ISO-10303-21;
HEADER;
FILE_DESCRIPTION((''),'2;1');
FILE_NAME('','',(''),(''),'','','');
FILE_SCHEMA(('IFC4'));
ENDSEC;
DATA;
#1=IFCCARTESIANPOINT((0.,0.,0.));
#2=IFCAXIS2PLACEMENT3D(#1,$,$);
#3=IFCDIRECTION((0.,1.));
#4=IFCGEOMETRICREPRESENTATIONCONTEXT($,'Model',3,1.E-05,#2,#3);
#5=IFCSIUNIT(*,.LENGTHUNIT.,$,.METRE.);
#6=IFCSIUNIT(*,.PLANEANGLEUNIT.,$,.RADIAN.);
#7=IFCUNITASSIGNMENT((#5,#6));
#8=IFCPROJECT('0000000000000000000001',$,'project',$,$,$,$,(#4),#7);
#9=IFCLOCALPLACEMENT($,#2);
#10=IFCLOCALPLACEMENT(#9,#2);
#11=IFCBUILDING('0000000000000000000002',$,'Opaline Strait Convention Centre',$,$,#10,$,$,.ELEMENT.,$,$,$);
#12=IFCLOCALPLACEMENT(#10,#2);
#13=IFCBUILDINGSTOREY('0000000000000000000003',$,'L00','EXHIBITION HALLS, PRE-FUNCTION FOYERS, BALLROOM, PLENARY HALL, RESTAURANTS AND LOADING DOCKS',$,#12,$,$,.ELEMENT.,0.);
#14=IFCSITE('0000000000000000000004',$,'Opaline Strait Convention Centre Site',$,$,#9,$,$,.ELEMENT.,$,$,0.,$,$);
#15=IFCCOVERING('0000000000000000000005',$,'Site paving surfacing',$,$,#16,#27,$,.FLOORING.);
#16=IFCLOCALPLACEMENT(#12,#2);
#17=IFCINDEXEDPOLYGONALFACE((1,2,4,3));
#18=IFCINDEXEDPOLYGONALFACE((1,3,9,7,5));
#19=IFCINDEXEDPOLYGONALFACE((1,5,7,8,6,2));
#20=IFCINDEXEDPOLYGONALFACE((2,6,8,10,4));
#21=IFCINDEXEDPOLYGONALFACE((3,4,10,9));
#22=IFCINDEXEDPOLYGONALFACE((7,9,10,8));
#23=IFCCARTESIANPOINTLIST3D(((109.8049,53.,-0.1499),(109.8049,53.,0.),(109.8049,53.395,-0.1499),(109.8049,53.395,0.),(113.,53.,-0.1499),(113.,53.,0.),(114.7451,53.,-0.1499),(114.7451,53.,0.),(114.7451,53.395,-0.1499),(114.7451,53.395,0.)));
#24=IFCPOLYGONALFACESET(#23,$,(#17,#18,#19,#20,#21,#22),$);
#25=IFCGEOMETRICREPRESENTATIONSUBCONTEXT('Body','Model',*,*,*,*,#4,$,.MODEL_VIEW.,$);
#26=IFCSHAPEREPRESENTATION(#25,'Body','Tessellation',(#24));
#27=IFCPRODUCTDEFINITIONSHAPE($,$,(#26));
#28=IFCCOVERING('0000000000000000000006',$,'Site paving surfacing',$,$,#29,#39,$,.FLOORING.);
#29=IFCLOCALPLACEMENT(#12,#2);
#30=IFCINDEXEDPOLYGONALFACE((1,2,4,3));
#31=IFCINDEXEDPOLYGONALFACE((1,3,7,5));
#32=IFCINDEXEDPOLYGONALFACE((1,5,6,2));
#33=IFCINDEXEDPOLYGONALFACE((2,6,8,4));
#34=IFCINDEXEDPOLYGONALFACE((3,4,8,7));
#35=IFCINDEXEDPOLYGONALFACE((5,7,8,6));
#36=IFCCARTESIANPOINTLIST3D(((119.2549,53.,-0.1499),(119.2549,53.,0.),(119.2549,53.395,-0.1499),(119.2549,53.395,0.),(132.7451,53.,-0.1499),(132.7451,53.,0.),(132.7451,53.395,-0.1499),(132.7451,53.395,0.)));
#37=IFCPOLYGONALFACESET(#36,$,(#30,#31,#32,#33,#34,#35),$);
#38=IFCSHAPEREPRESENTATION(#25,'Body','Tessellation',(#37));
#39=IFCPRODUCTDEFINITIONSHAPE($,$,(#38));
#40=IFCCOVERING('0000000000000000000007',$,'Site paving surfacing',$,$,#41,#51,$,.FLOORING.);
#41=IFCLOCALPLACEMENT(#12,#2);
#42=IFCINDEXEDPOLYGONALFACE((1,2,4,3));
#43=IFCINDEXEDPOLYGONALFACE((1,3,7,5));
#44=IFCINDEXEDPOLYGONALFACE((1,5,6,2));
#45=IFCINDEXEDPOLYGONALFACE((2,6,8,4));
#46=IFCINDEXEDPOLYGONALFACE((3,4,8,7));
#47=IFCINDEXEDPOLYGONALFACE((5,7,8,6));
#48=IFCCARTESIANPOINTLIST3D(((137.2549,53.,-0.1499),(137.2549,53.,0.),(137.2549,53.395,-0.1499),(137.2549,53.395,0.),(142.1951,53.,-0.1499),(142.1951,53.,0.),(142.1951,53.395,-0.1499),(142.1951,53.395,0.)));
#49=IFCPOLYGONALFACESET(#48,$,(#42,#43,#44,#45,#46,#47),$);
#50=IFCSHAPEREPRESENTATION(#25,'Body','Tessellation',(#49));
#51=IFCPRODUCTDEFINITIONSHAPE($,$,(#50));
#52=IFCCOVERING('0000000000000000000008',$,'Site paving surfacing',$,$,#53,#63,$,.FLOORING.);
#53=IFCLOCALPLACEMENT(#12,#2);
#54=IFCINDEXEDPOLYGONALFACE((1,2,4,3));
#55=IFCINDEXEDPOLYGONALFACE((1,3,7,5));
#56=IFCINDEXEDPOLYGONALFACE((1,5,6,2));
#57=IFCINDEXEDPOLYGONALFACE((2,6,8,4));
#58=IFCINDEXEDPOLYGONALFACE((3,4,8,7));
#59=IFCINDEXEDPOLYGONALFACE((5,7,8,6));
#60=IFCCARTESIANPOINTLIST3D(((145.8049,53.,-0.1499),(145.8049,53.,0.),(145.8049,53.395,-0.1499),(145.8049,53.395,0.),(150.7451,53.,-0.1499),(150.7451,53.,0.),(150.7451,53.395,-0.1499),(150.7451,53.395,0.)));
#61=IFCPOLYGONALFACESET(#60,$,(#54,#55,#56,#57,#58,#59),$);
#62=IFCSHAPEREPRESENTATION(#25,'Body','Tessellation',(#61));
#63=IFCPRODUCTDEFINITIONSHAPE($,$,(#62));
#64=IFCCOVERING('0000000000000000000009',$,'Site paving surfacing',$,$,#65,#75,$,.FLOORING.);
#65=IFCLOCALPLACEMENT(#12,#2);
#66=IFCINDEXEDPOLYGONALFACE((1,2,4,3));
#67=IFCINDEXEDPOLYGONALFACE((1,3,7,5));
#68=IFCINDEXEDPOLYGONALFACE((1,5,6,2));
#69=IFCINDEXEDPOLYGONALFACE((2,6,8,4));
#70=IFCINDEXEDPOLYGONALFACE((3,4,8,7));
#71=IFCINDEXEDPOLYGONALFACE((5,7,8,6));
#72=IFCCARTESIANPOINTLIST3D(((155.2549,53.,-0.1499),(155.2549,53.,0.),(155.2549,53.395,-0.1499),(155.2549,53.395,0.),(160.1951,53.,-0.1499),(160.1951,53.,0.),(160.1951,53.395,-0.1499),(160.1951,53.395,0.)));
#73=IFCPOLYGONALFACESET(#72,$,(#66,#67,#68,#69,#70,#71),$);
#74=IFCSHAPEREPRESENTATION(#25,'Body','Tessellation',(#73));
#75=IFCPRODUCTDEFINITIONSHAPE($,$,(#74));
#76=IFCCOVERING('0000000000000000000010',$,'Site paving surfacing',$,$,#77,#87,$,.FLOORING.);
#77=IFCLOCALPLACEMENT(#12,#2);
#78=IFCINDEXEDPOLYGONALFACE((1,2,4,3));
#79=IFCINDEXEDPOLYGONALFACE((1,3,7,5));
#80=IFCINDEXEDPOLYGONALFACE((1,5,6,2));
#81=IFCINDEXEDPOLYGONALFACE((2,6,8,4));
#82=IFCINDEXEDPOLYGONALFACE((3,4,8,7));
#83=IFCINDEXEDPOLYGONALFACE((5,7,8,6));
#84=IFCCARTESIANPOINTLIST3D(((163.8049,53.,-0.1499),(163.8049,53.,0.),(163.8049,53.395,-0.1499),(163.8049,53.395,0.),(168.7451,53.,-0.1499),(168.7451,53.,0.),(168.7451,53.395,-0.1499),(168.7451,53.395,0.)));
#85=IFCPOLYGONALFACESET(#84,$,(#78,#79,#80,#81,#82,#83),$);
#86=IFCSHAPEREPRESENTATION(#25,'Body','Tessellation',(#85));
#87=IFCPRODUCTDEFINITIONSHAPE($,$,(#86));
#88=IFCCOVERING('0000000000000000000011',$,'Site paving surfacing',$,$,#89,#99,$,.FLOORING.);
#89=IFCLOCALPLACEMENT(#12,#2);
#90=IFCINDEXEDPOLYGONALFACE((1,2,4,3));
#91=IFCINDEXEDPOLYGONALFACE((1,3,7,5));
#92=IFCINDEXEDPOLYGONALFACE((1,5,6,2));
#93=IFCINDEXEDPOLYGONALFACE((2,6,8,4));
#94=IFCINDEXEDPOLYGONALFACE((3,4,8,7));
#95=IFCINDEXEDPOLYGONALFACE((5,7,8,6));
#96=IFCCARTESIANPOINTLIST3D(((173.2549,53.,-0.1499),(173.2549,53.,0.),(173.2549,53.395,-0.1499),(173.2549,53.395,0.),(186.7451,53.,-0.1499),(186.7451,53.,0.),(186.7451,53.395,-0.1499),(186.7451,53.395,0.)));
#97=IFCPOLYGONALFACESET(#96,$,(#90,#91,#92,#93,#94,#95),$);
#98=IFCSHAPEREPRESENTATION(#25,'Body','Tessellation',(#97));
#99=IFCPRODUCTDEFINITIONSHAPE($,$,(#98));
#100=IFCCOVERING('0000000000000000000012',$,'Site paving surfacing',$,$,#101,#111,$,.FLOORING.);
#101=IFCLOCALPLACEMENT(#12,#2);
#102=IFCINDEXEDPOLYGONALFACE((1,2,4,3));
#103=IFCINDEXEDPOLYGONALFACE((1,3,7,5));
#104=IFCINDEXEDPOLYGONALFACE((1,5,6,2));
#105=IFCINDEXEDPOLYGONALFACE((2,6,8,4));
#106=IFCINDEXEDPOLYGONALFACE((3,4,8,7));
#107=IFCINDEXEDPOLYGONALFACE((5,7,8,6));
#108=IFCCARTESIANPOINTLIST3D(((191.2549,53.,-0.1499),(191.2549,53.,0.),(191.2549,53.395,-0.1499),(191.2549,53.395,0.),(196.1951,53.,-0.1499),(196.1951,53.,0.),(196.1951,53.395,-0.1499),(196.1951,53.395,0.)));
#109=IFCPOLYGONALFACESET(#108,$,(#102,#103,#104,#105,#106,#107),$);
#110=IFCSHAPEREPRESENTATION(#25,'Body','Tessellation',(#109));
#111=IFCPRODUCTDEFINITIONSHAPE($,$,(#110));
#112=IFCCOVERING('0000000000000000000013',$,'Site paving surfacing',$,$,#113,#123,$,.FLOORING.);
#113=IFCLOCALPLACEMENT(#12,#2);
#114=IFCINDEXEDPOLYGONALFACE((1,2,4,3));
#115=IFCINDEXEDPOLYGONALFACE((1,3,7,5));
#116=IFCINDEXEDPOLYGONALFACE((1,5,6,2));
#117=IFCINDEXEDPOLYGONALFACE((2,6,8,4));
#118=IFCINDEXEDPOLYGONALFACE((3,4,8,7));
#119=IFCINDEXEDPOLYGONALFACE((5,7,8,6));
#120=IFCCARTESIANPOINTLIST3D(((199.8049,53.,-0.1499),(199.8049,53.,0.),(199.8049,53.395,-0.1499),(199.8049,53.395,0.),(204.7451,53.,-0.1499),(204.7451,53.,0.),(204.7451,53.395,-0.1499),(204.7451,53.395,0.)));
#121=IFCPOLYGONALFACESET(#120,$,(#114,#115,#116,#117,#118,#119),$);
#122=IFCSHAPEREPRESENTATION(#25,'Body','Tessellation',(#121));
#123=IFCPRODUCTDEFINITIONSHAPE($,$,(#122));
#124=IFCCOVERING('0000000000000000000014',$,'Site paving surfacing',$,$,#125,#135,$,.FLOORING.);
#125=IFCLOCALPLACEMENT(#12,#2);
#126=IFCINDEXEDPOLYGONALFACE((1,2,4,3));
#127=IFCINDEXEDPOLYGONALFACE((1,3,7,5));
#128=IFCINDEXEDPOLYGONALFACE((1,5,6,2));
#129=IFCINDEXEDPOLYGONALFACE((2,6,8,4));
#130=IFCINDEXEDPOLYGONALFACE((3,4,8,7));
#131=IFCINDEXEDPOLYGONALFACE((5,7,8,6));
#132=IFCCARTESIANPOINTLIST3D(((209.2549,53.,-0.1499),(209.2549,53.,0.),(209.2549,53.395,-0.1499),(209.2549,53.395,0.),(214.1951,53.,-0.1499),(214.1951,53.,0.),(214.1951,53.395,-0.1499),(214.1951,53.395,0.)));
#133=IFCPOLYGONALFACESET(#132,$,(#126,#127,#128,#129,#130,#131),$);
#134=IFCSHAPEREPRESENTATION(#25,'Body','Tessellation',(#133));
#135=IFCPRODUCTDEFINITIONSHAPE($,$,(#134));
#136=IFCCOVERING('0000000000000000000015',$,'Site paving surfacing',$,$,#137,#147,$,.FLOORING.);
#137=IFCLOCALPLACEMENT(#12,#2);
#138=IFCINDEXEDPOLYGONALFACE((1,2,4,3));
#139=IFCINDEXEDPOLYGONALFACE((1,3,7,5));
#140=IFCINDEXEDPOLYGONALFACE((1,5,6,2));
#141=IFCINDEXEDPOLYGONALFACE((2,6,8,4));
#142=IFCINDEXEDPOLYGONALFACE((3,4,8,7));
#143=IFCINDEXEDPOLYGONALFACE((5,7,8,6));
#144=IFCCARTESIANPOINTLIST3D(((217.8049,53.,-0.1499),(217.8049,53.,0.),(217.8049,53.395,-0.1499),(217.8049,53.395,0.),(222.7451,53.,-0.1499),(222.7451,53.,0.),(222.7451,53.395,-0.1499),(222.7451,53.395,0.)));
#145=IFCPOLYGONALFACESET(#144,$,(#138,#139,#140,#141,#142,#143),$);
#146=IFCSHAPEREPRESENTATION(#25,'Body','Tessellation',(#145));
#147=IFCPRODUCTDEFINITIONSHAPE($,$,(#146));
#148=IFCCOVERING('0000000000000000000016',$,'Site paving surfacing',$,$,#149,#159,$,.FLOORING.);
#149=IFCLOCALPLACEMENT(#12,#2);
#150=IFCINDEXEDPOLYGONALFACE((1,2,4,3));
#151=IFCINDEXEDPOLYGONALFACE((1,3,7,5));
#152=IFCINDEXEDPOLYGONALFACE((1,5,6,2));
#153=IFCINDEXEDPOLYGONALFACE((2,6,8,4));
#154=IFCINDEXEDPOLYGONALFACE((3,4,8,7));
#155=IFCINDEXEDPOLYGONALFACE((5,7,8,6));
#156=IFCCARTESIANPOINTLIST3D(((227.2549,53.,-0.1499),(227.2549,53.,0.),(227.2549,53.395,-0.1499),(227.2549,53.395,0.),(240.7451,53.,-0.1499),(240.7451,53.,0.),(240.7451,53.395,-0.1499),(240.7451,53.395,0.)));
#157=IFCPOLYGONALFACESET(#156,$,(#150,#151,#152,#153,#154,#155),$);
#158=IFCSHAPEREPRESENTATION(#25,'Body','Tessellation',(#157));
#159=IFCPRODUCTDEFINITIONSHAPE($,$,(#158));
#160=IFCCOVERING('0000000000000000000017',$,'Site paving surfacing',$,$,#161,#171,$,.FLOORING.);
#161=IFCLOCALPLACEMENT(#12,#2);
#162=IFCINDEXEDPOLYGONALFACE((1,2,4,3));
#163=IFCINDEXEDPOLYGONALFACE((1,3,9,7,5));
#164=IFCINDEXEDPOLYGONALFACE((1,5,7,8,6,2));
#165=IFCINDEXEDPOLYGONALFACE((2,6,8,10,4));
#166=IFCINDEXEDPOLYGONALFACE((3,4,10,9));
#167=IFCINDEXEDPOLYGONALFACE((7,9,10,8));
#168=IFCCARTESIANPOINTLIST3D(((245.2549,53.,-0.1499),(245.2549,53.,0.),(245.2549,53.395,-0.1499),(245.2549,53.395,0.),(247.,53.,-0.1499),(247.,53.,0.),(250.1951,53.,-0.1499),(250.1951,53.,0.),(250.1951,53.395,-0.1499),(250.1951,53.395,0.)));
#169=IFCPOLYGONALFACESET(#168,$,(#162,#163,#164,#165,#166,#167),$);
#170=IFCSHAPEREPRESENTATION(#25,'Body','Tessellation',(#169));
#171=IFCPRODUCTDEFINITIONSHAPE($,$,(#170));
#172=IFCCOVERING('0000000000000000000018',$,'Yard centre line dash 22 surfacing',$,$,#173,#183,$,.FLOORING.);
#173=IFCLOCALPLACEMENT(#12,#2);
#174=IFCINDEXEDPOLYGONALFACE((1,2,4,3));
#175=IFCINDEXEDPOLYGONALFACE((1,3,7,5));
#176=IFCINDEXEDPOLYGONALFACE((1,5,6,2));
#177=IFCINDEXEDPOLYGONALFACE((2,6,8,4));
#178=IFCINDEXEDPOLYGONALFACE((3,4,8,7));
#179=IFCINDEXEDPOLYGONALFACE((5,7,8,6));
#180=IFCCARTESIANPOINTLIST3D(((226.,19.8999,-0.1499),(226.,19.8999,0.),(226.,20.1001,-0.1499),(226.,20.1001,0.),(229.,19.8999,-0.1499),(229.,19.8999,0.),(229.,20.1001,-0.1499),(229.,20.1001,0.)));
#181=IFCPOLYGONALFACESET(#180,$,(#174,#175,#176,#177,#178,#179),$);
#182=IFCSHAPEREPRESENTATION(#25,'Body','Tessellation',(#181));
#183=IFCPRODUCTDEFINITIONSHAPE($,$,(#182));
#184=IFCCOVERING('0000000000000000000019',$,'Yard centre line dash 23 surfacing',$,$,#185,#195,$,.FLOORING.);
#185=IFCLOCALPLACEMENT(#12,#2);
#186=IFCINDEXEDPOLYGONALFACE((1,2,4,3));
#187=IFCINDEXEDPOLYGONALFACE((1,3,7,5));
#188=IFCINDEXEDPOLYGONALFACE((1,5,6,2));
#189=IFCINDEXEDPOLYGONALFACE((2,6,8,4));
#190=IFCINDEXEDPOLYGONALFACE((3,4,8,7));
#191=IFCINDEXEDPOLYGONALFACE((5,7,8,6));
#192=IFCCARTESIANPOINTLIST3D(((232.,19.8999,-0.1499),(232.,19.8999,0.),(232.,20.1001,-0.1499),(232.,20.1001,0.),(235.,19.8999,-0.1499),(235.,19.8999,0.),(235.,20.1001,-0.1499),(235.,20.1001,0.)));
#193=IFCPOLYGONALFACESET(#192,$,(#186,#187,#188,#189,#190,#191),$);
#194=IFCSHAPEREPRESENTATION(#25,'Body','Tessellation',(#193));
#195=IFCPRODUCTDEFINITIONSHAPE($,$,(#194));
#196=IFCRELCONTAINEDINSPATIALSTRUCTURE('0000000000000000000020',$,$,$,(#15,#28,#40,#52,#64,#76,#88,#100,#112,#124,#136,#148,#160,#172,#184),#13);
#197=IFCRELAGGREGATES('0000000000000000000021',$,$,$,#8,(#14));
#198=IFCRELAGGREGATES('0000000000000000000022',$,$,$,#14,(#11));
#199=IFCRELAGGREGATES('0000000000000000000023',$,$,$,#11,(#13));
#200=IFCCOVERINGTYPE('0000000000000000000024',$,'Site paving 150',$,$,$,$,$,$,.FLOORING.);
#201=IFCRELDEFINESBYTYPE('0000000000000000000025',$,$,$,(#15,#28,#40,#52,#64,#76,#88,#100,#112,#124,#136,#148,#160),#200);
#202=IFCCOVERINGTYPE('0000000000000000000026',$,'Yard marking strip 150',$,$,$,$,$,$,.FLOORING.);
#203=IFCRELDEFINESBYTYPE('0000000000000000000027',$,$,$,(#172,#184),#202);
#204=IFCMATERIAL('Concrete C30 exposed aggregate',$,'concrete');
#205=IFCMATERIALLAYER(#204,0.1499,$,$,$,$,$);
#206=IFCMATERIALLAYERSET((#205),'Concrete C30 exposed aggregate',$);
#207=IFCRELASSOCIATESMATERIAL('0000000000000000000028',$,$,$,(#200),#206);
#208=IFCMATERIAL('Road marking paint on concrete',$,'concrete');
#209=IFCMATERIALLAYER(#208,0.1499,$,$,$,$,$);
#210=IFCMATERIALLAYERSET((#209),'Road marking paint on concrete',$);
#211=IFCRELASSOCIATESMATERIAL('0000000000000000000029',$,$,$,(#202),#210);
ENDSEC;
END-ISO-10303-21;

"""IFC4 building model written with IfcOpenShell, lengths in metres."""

from ifc_helpers import new_model, si_unit, direction, frame, origin, place, context, subcontext, project, spatial, polyline, outline, extrude, material, layer, layer_set, type_object, element, save


model = new_model("IFC4")

# Units and contexts
model_context = context("Model", 3, precision=1e-05, world=origin(), true_north=direction((0.0, 1.0)))
body_context = subcontext(model_context, "Body", "Model", "MODEL_VIEW")
ifc_project = project(units=[si_unit("LENGTHUNIT", "METRE"), si_unit("PLANEANGLEUNIT", "RADIAN")], contexts=[model_context])

# Site, building, storey
site_placement = place(None, origin())
site = spatial("IfcSite", under=ifc_project, at=site_placement, Name="Opaline Strait Convention Centre Site", CompositionType="ELEMENT", RefElevation=0.0)
building_placement = place(site_placement, origin())
building = spatial("IfcBuilding", under=site, at=building_placement, Name="Opaline Strait Convention Centre", CompositionType="ELEMENT")
storey_placement = place(building_placement, origin())
storey = spatial("IfcBuildingStorey", under=building, at=storey_placement, Name="L00", Description="EXHIBITION HALLS, PRE-FUNCTION FOYERS, BALLROOM, PLENARY HALL, RESTAURANTS AND LOADING DOCKS", CompositionType="ELEMENT", Elevation=0.0)

# Coverings
ifc_material_1 = material(Name="Concrete C30 exposed aggregate", Category="concrete")
ifc_layer_1 = layer(ifc_material_1, 0.1499)
ifc_layer_set_1 = layer_set([ifc_layer_1], Name="Concrete C30 exposed aggregate")
covering_type_1 = type_object("IfcCoveringType", Name="Site paving 150", PredefinedType="FLOORING", material=ifc_layer_set_1)
covering_1_placement = place(storey_placement, frame((0.0, 0.0, -0.1499)))
element("IfcCovering", 1, at=covering_1_placement, inside=storey, type_object=covering_type_1, Name="Site paving surfacing", PredefinedType="FLOORING", context=body_context, shape_type="SweptSolid", body=[
    extrude(outline(polyline([(109.8049, 53.0), (113.0, 53.0), (114.7451, 53.0), (114.7451, 53.395), (109.8049, 53.395), (109.8049, 53.0)])), origin(), (0.0, 0.0, 1.0), 0.1499),
])
covering_2_placement = place(storey_placement, frame((0.0, 0.0, -0.1499)))
element("IfcCovering", 2, at=covering_2_placement, inside=storey, type_object=covering_type_1, Name="Site paving surfacing", PredefinedType="FLOORING", context=body_context, shape_type="SweptSolid", body=[
    extrude(outline(polyline([(119.2549, 53.395), (119.2549, 53.0), (132.7451, 53.0), (132.7451, 53.395), (119.2549, 53.395)])), origin(), (0.0, 0.0, 1.0), 0.1499),
])
covering_3_placement = place(storey_placement, frame((0.0, 0.0, -0.1499)))
element("IfcCovering", 3, at=covering_3_placement, inside=storey, type_object=covering_type_1, Name="Site paving surfacing", PredefinedType="FLOORING", context=body_context, shape_type="SweptSolid", body=[
    extrude(outline(polyline([(137.2549, 53.395), (137.2549, 53.0), (142.1951, 53.0), (142.1951, 53.395), (137.2549, 53.395)])), origin(), (0.0, 0.0, 1.0), 0.1499),
])
covering_4_placement = place(storey_placement, frame((0.0, 0.0, -0.1499)))
element("IfcCovering", 4, at=covering_4_placement, inside=storey, type_object=covering_type_1, Name="Site paving surfacing", PredefinedType="FLOORING", context=body_context, shape_type="SweptSolid", body=[
    extrude(outline(polyline([(145.8049, 53.395), (145.8049, 53.0), (150.7451, 53.0), (150.7451, 53.395), (145.8049, 53.395)])), origin(), (0.0, 0.0, 1.0), 0.1499),
])
covering_5_placement = place(storey_placement, frame((0.0, 0.0, -0.1499)))
element("IfcCovering", 5, at=covering_5_placement, inside=storey, type_object=covering_type_1, Name="Site paving surfacing", PredefinedType="FLOORING", context=body_context, shape_type="SweptSolid", body=[
    extrude(outline(polyline([(155.2549, 53.395), (155.2549, 53.0), (160.1951, 53.0), (160.1951, 53.395), (155.2549, 53.395)])), origin(), (0.0, 0.0, 1.0), 0.1499),
])
covering_6_placement = place(storey_placement, frame((0.0, 0.0, -0.1499)))
element("IfcCovering", 6, at=covering_6_placement, inside=storey, type_object=covering_type_1, Name="Site paving surfacing", PredefinedType="FLOORING", context=body_context, shape_type="SweptSolid", body=[
    extrude(outline(polyline([(163.8049, 53.395), (163.8049, 53.0), (168.7451, 53.0), (168.7451, 53.395), (163.8049, 53.395)])), origin(), (0.0, 0.0, 1.0), 0.1499),
])
covering_7_placement = place(storey_placement, frame((0.0, 0.0, -0.1499)))
element("IfcCovering", 7, at=covering_7_placement, inside=storey, type_object=covering_type_1, Name="Site paving surfacing", PredefinedType="FLOORING", context=body_context, shape_type="SweptSolid", body=[
    extrude(outline(polyline([(173.2549, 53.395), (173.2549, 53.0), (186.7451, 53.0), (186.7451, 53.395), (173.2549, 53.395)])), origin(), (0.0, 0.0, 1.0), 0.1499),
])
covering_8_placement = place(storey_placement, frame((0.0, 0.0, -0.1499)))
element("IfcCovering", 8, at=covering_8_placement, inside=storey, type_object=covering_type_1, Name="Site paving surfacing", PredefinedType="FLOORING", context=body_context, shape_type="SweptSolid", body=[
    extrude(outline(polyline([(191.2549, 53.395), (191.2549, 53.0), (196.1951, 53.0), (196.1951, 53.395), (191.2549, 53.395)])), origin(), (0.0, 0.0, 1.0), 0.1499),
])
covering_9_placement = place(storey_placement, frame((0.0, 0.0, -0.1499)))
element("IfcCovering", 9, at=covering_9_placement, inside=storey, type_object=covering_type_1, Name="Site paving surfacing", PredefinedType="FLOORING", context=body_context, shape_type="SweptSolid", body=[
    extrude(outline(polyline([(199.8049, 53.395), (199.8049, 53.0), (204.7451, 53.0), (204.7451, 53.395), (199.8049, 53.395)])), origin(), (0.0, 0.0, 1.0), 0.1499),
])
covering_10_placement = place(storey_placement, frame((0.0, 0.0, -0.1499)))
element("IfcCovering", 10, at=covering_10_placement, inside=storey, type_object=covering_type_1, Name="Site paving surfacing", PredefinedType="FLOORING", context=body_context, shape_type="SweptSolid", body=[
    extrude(outline(polyline([(209.2549, 53.395), (209.2549, 53.0), (214.1951, 53.0), (214.1951, 53.395), (209.2549, 53.395)])), origin(), (0.0, 0.0, 1.0), 0.1499),
])
covering_11_placement = place(storey_placement, frame((0.0, 0.0, -0.1499)))
element("IfcCovering", 11, at=covering_11_placement, inside=storey, type_object=covering_type_1, Name="Site paving surfacing", PredefinedType="FLOORING", context=body_context, shape_type="SweptSolid", body=[
    extrude(outline(polyline([(217.8049, 53.395), (217.8049, 53.0), (222.7451, 53.0), (222.7451, 53.395), (217.8049, 53.395)])), origin(), (0.0, 0.0, 1.0), 0.1499),
])
covering_12_placement = place(storey_placement, frame((0.0, 0.0, -0.1499)))
element("IfcCovering", 12, at=covering_12_placement, inside=storey, type_object=covering_type_1, Name="Site paving surfacing", PredefinedType="FLOORING", context=body_context, shape_type="SweptSolid", body=[
    extrude(outline(polyline([(227.2549, 53.395), (227.2549, 53.0), (240.7451, 53.0), (240.7451, 53.395), (227.2549, 53.395)])), origin(), (0.0, 0.0, 1.0), 0.1499),
])
covering_13_placement = place(storey_placement, frame((0.0, 0.0, -0.1499)))
element("IfcCovering", 13, at=covering_13_placement, inside=storey, type_object=covering_type_1, Name="Site paving surfacing", PredefinedType="FLOORING", context=body_context, shape_type="SweptSolid", body=[
    extrude(outline(polyline([(245.2549, 53.0), (247.0, 53.0), (250.1951, 53.0), (250.1951, 53.395), (245.2549, 53.395), (245.2549, 53.0)])), origin(), (0.0, 0.0, 1.0), 0.1499),
])
ifc_material_2 = material(Name="Road marking paint on concrete", Category="concrete")
ifc_layer_2 = layer(ifc_material_2, 0.1499)
ifc_layer_set_2 = layer_set([ifc_layer_2], Name="Road marking paint on concrete")
covering_type_2 = type_object("IfcCoveringType", Name="Yard marking strip 150", PredefinedType="FLOORING", material=ifc_layer_set_2)
covering_14_placement = place(storey_placement, frame((0.0, 0.0, -0.1499)))
element("IfcCovering", 14, at=covering_14_placement, inside=storey, type_object=covering_type_2, Name="Yard centre line dash 22 surfacing", PredefinedType="FLOORING", context=body_context, shape_type="SweptSolid", body=[
    extrude(outline(polyline([(229.0, 20.1001), (226.0, 20.1001), (226.0, 19.8999), (229.0, 19.8999), (229.0, 20.1001)])), origin(), (0.0, 0.0, 1.0), 0.1499),
])
covering_15_placement = place(storey_placement, frame((0.0, 0.0, -0.1499)))
element("IfcCovering", 15, at=covering_15_placement, inside=storey, type_object=covering_type_2, Name="Yard centre line dash 23 surfacing", PredefinedType="FLOORING", context=body_context, shape_type="SweptSolid", body=[
    extrude(outline(polyline([(235.0, 20.1001), (232.0, 20.1001), (232.0, 19.8999), (235.0, 19.8999), (235.0, 20.1001)])), origin(), (0.0, 0.0, 1.0), 0.1499),
])

save(model, "model.ifc")
